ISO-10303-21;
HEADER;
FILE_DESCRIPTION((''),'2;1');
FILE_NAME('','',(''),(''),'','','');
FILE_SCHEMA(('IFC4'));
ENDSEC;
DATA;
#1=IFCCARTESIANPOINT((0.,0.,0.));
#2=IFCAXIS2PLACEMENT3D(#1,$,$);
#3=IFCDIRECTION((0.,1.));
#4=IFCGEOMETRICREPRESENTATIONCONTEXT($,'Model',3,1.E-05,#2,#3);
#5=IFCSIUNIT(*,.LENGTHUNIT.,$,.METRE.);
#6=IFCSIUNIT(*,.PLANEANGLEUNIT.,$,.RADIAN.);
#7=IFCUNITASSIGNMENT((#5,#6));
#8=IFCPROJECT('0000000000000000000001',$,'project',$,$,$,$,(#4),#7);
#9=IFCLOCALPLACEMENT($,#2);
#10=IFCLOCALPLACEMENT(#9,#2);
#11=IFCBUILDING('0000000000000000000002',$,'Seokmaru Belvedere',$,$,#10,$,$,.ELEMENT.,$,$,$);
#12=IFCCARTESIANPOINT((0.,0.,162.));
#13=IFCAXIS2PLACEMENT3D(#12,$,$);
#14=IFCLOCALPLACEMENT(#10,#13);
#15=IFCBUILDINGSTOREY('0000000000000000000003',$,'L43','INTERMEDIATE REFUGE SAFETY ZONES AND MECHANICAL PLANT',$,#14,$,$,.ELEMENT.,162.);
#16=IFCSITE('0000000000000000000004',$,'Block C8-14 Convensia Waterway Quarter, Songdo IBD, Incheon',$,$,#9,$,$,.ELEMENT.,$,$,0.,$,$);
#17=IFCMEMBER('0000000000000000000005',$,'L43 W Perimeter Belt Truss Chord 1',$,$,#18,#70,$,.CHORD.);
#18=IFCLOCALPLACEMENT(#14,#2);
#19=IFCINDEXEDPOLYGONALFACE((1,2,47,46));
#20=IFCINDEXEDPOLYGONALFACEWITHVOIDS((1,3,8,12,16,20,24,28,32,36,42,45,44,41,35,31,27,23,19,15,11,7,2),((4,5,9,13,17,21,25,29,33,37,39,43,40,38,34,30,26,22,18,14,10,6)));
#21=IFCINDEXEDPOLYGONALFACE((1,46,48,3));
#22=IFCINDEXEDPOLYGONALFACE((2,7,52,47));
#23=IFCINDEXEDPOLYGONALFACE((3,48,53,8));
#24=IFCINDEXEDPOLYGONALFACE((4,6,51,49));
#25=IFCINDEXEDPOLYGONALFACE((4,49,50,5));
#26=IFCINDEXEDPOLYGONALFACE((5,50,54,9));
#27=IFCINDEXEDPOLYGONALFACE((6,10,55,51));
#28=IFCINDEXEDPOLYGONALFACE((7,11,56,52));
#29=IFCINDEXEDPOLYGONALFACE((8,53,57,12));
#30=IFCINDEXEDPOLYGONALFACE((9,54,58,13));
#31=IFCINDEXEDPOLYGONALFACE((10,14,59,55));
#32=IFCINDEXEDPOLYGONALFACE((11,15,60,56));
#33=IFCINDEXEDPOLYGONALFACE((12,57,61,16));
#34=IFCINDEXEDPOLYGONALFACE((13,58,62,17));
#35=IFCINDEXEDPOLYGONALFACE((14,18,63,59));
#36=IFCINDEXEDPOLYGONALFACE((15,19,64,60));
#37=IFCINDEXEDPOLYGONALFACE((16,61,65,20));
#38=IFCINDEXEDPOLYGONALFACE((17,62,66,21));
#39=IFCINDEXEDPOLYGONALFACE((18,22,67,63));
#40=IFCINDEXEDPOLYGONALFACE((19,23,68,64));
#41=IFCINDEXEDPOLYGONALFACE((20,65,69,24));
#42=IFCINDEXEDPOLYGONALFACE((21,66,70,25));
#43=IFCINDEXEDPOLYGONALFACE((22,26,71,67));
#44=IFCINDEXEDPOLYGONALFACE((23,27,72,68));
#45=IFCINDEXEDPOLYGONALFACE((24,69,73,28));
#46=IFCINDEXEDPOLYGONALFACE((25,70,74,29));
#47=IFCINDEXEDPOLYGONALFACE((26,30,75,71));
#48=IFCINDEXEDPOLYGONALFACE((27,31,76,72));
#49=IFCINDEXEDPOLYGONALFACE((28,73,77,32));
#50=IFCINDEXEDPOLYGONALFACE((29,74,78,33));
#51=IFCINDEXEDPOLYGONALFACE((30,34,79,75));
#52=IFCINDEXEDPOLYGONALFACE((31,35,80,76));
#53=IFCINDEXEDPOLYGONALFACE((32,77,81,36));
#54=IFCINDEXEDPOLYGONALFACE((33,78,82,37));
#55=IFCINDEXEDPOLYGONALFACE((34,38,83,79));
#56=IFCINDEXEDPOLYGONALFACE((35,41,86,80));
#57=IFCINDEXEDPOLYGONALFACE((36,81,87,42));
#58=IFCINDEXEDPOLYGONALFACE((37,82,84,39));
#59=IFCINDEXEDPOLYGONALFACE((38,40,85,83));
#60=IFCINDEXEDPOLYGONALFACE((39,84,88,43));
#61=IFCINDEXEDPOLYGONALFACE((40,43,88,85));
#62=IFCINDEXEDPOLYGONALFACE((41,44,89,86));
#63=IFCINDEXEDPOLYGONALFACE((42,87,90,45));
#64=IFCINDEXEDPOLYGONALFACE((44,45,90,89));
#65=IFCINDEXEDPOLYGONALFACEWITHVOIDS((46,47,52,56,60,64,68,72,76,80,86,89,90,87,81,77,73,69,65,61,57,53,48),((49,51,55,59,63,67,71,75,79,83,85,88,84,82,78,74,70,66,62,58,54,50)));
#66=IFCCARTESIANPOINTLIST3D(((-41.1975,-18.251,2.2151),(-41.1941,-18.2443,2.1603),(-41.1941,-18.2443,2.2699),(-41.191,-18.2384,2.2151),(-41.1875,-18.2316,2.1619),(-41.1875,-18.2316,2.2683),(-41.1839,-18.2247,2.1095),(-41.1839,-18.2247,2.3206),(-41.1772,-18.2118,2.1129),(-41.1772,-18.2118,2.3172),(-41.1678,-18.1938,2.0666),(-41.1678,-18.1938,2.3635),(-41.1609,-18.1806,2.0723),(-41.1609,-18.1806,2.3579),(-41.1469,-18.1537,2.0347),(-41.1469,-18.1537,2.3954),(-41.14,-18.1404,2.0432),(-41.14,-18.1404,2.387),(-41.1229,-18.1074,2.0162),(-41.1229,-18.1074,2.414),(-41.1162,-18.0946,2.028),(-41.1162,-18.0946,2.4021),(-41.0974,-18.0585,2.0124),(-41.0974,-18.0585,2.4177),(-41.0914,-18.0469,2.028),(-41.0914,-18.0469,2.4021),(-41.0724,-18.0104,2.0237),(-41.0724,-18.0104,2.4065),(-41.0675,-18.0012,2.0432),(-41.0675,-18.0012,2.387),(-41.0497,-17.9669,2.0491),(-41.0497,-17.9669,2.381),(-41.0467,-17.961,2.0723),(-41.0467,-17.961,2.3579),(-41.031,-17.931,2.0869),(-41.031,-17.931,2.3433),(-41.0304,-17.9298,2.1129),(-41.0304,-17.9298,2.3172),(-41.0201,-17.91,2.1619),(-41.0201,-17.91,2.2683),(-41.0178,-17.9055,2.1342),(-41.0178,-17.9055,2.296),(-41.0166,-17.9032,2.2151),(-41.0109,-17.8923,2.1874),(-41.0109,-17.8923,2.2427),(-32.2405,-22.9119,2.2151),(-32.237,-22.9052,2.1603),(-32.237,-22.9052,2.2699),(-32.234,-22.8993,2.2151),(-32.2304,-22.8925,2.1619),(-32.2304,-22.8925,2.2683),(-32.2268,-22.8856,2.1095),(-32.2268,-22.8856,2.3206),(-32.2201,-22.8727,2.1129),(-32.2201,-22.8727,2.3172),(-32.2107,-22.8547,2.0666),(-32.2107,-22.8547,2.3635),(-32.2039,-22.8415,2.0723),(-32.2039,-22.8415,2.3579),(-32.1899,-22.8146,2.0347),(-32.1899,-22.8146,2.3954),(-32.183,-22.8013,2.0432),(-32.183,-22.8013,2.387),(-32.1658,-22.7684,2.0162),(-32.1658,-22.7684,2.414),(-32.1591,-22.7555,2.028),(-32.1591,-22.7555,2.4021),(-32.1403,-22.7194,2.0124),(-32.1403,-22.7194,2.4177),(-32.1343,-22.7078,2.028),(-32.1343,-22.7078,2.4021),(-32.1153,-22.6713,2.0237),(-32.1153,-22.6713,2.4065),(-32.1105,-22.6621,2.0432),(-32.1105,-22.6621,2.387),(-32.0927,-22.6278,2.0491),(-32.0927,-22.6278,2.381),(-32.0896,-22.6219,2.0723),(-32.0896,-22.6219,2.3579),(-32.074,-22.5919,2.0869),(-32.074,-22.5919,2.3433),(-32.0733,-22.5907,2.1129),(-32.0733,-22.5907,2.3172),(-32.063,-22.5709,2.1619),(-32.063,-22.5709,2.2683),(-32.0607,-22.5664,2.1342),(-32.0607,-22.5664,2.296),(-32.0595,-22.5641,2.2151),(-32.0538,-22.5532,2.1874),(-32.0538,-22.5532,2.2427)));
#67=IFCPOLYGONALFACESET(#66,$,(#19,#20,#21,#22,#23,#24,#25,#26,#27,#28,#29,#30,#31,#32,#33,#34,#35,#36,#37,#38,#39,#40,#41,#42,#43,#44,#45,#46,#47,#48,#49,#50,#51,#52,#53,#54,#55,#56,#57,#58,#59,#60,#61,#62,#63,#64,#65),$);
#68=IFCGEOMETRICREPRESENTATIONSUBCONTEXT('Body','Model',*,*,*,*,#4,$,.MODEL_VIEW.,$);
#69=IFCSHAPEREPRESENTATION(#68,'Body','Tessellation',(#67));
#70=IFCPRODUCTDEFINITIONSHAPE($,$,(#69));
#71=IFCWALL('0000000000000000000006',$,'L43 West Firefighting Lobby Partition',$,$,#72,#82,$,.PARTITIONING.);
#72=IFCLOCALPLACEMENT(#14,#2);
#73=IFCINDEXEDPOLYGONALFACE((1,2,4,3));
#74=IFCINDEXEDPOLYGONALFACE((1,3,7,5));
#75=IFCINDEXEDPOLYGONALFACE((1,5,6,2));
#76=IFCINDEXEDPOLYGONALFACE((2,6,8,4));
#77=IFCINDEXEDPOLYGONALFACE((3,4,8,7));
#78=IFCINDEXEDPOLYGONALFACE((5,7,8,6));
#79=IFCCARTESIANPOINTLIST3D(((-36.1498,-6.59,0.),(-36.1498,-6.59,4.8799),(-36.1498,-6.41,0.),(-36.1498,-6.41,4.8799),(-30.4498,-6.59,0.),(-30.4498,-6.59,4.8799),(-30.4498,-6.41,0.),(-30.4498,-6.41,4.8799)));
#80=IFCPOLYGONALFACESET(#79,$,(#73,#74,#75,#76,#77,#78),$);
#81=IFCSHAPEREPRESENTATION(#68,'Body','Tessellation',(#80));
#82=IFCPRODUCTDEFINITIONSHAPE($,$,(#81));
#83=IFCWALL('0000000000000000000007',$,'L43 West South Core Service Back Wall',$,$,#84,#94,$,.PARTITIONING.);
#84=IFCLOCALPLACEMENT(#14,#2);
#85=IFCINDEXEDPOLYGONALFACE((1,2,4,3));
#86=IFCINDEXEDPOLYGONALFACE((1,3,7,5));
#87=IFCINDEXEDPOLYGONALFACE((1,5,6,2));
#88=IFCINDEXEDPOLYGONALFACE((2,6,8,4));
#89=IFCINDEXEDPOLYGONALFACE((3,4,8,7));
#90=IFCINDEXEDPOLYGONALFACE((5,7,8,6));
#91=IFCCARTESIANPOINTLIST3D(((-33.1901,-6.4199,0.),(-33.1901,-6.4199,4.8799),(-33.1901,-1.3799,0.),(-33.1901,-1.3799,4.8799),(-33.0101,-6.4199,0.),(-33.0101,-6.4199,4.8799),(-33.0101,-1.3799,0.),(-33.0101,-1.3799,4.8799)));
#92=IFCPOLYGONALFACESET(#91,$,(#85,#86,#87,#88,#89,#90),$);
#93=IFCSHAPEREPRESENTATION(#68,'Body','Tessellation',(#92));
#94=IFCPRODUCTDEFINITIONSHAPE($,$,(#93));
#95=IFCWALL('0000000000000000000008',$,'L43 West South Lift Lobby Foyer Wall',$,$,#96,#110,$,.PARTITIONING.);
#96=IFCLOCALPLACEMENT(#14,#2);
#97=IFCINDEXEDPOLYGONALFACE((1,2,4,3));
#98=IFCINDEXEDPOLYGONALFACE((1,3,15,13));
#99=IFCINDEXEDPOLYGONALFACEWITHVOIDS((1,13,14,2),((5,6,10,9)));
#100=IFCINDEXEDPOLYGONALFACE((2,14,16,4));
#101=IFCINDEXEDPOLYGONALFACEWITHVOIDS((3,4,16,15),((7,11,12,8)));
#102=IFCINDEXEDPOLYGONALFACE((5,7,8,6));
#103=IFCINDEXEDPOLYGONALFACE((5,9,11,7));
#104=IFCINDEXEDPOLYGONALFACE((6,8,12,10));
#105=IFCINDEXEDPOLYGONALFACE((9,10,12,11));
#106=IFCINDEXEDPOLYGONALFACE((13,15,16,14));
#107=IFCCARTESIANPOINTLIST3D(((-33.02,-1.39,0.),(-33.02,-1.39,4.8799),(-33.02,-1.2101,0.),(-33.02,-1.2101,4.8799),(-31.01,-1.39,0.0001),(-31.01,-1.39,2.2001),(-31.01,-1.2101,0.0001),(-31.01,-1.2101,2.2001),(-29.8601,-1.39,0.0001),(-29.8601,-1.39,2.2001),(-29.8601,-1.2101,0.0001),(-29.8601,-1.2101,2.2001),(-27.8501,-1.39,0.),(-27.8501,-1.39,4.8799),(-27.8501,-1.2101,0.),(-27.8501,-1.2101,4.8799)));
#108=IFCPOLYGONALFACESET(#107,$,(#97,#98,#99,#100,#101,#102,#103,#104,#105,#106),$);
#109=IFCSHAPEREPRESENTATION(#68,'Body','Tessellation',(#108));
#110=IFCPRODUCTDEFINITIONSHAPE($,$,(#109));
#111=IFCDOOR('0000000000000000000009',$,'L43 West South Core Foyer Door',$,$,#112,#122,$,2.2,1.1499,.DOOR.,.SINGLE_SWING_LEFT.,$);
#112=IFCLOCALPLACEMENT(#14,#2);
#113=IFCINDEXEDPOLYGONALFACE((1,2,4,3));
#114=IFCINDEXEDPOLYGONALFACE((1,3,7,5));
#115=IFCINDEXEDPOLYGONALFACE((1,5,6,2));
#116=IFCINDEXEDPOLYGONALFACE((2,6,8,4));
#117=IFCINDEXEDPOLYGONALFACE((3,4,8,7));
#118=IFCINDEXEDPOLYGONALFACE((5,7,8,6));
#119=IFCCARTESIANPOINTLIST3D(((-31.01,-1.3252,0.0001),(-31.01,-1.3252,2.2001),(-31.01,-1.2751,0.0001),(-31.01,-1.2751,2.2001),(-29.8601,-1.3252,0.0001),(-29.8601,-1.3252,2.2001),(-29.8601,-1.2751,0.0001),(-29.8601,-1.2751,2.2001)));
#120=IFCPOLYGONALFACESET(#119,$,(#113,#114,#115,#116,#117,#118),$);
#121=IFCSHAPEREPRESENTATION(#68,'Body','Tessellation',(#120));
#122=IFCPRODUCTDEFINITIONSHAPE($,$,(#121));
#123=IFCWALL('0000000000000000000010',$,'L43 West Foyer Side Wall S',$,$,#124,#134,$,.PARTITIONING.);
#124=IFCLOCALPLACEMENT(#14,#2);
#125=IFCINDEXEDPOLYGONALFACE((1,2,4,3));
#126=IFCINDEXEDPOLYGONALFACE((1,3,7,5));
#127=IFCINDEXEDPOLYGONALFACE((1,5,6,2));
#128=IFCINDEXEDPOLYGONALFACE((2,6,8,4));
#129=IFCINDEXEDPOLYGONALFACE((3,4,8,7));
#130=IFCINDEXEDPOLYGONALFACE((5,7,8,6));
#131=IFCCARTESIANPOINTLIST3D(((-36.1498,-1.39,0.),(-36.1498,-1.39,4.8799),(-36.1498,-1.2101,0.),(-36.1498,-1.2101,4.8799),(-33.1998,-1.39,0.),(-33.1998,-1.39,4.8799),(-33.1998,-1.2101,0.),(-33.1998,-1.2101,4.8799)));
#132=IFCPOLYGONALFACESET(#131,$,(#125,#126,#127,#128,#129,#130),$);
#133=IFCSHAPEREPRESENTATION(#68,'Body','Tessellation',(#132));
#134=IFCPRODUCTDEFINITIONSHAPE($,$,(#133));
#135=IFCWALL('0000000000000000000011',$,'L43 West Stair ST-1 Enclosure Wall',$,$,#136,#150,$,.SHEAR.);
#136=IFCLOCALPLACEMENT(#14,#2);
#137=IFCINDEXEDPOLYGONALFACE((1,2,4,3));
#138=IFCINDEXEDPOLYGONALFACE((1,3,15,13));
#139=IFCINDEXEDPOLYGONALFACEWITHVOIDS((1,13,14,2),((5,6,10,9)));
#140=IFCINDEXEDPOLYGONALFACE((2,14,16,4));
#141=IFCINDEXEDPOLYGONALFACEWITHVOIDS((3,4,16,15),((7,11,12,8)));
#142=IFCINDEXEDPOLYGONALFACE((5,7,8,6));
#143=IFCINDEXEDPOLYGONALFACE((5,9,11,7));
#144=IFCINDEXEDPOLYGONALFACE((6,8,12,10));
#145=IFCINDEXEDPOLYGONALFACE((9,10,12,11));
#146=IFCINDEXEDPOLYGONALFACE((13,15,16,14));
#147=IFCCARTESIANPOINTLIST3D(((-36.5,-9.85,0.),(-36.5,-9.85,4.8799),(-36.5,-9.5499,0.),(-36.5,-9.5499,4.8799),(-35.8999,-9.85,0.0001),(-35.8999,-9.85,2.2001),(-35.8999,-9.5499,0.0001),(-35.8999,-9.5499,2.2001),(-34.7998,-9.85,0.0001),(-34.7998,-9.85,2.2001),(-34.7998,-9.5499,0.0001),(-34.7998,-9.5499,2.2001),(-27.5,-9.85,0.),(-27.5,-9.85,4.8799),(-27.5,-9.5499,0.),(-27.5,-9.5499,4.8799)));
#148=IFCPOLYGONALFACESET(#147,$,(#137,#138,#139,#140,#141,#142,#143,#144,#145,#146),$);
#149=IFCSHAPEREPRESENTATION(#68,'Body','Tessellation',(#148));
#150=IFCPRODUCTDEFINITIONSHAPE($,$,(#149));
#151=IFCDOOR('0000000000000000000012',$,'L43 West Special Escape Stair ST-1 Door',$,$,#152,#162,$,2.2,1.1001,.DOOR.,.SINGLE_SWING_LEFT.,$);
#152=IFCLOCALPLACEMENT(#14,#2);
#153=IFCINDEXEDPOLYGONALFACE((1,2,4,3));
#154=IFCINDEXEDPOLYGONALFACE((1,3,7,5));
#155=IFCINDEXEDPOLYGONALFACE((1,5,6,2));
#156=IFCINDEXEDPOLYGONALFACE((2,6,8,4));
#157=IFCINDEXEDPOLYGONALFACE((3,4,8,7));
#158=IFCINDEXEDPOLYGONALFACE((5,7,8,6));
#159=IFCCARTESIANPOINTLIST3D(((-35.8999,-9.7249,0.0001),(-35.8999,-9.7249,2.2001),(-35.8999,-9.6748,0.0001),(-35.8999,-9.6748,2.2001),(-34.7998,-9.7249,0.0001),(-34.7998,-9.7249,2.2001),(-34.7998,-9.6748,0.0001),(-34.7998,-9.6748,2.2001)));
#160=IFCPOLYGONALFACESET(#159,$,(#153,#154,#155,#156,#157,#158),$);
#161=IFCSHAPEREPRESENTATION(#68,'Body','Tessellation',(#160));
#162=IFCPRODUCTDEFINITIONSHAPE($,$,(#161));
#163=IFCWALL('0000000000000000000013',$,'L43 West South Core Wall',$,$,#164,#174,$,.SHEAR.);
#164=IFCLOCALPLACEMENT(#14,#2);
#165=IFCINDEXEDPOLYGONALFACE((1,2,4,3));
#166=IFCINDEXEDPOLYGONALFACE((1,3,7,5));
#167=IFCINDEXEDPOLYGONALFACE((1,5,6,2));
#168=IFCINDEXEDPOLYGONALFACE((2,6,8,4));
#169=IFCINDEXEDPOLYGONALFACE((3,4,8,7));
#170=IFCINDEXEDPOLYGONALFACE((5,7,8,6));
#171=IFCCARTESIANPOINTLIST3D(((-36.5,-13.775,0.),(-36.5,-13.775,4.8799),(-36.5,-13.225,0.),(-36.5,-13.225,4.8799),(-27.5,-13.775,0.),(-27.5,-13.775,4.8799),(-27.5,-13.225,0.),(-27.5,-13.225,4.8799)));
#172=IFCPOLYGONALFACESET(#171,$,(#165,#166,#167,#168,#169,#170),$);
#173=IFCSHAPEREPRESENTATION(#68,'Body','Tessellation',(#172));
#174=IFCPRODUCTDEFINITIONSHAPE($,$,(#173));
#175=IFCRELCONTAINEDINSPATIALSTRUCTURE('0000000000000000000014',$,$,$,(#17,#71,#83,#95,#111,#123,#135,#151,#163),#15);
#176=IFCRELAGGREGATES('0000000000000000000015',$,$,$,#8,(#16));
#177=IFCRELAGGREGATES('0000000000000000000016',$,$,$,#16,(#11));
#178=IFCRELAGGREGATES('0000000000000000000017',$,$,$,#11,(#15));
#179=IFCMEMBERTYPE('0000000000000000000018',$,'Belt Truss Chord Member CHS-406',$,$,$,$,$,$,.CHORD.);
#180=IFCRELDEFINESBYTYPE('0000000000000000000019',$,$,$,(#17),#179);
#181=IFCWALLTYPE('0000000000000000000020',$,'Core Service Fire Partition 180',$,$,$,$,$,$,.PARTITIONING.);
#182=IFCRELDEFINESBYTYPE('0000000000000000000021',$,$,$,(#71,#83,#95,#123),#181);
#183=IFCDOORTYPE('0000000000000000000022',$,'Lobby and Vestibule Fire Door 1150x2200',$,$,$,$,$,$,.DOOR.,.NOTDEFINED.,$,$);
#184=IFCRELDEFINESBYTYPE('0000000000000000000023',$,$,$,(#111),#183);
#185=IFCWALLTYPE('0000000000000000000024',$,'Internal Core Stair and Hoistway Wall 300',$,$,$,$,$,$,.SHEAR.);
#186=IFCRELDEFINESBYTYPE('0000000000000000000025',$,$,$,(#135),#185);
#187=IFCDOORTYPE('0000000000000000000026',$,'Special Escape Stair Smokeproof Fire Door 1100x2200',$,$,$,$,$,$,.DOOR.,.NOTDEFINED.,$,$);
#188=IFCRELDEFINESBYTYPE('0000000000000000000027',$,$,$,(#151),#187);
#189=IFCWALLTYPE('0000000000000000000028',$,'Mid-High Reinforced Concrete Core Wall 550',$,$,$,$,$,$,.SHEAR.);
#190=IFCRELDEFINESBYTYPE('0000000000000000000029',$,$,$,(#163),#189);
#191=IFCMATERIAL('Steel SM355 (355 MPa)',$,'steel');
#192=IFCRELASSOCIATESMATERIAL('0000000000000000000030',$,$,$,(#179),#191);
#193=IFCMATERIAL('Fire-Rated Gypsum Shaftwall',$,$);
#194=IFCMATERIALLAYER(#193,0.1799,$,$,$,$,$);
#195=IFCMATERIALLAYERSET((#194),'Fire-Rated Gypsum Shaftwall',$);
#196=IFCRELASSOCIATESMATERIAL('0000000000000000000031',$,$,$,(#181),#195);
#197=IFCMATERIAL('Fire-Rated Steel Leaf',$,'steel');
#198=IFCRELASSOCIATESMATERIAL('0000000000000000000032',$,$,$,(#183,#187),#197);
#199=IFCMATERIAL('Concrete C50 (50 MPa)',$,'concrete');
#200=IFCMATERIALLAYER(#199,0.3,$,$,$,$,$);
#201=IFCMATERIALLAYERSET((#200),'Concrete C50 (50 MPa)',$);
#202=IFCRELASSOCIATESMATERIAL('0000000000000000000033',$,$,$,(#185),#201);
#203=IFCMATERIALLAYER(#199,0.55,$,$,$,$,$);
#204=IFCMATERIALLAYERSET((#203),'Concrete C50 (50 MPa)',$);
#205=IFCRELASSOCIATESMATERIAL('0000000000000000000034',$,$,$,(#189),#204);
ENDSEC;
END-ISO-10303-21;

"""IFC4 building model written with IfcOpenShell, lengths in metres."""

from ifc_helpers import new_model, si_unit, direction, frame, frame_2d, origin, origin_2d, place, context, subcontext, project, spatial, rectangle, hollow_circle, extrude, source, transform, mapped, material, layer, layer_set, material_profile, profile_set, type_object, type_shapes, element, fill, save


model = new_model("IFC4")

# Units and contexts
model_context = context("Model", 3, precision=1e-05, world=origin(), true_north=direction((0.0, 1.0)))
body_context = subcontext(model_context, "Body", "Model", "MODEL_VIEW")
ifc_project = project(units=[si_unit("LENGTHUNIT", "METRE"), si_unit("PLANEANGLEUNIT", "RADIAN")], contexts=[model_context])

# Site, building, storey
site_placement = place(None, origin())
site = spatial("IfcSite", under=ifc_project, at=site_placement, Name="Block C8-14 Convensia Waterway Quarter, Songdo IBD, Incheon", CompositionType="ELEMENT", RefElevation=0.0)
building_placement = place(site_placement, origin())
building = spatial("IfcBuilding", under=site, at=building_placement, Name="Seokmaru Belvedere", CompositionType="ELEMENT")
storey_placement = place(building_placement, frame((0.0, 0.0, 162.0)))
storey = spatial("IfcBuildingStorey", under=building, at=storey_placement, Name="L43", Description="INTERMEDIATE REFUGE SAFETY ZONES AND MECHANICAL PLANT", CompositionType="ELEMENT", Elevation=162.0)

# Shared definitions
ifc_material_1 = material(Name="Steel SM355 (355 MPa)", Category="steel")

# Member
ifc_material_profile_1 = material_profile(ifc_material_1, hollow_circle(Radius=0.2031, WallThickness=0.0142, at=origin_2d()), Name="CHS-406.4x14.2")
ifc_profile_set_1 = profile_set([ifc_material_profile_1], Name="Steel SM355 (355 MPa)")
member_type_1 = type_object("IfcMemberType", Name="Belt Truss Chord Member CHS-406", PredefinedType="CHORD", material=ifc_profile_set_1)
shared_shape_1 = source(origin(), body_context, "Body", "SweptSolid", [
    extrude(hollow_circle(Radius=0.2031, WallThickness=0.0142, at=origin_2d()), origin(), (0.0, 0.0, 1.0), 10.0972),
])
type_shapes(member_type_1, [shared_shape_1])
member_1_placement = place(storey_placement, frame((-32.1467, -22.7317, 2.2151), z_axis=(-0.887086, 0.461605, 0.0), x_axis=(-0.461605, -0.887086, 0.0)))
element("IfcMember", 1, at=member_1_placement, inside=storey, type_object=member_type_1, Name="L43 W Perimeter Belt Truss Chord 1", PredefinedType="CHORD", context=body_context, shape_type="MappedRepresentation", body=[
    mapped(shared_shape_1, transform((0.0, 0.0, 0.0), scale=1.0)),
])

# Walls
ifc_material_2 = material(Name="Fire-Rated Gypsum Shaftwall")
ifc_layer_1 = layer(ifc_material_2, 0.1799)
ifc_layer_set_1 = layer_set([ifc_layer_1], Name="Fire-Rated Gypsum Shaftwall")
wall_type_1 = type_object("IfcWallType", Name="Core Service Fire Partition 180", PredefinedType="PARTITIONING", material=ifc_layer_set_1)
wall_1_placement = place(storey_placement, frame((-36.1499, -6.5, 0.0), z_axis=(0.0, 0.0, 1.0), x_axis=(1.0, 0.0, 0.0)))
element("IfcWall", 2, at=wall_1_placement, inside=storey, type_object=wall_type_1, Name="L43 West Firefighting Lobby Partition", PredefinedType="PARTITIONING", context=body_context, shape_type="SweptSolid", body=[
    extrude(rectangle(XDim=5.7, YDim=0.1799, at=frame_2d((2.8501, 0.0))), origin(), (0.0, 0.0, 1.0), 4.8799),
])
wall_2_placement = place(storey_placement, frame((-33.1001, -6.4199, 0.0), z_axis=(0.0, 0.0, 1.0), x_axis=(0.0, 1.0, 0.0)))
element("IfcWall", 3, at=wall_2_placement, inside=storey, type_object=wall_type_1, Name="L43 West South Core Service Back Wall", PredefinedType="PARTITIONING", context=body_context, shape_type="SweptSolid", body=[
    extrude(rectangle(XDim=5.04, YDim=0.1799, at=frame_2d((2.52, 0.0))), origin(), (0.0, 0.0, 1.0), 4.8799),
])

# Wall, opening, door
wall_3_placement = place(storey_placement, frame((-33.02, -1.3, 0.0), z_axis=(0.0, 0.0, 1.0), x_axis=(1.0, 0.0, 0.0)))
wall_3 = element("IfcWall", 4, at=wall_3_placement, inside=storey, type_object=wall_type_1, Name="L43 West South Lift Lobby Foyer Wall", PredefinedType="PARTITIONING", context=body_context, shape_type="SweptSolid", body=[
    extrude(rectangle(XDim=5.1699, YDim=0.1799, at=frame_2d((2.585, 0.0))), origin(), (0.0, 0.0, 1.0), 4.8799),
])
opening_1_placement = place(wall_3_placement, frame((2.01, 0.0, 0.0)))
opening_1 = element("IfcOpeningElement", 5, at=opening_1_placement, cuts=wall_3, PredefinedType="OPENING", context=body_context, shape_type="SweptSolid", body=[
    extrude(rectangle(XDim=1.1499, YDim=2.2, at=frame_2d((0.575, 1.1001))), frame((0.0, 0.1001, 0.0), z_axis=(0.0, -1.0, 0.0), x_axis=(1.0, 0.0, 0.0)), (0.0, 0.0, 1.0), 0.2),
])
ifc_material_3 = material(Name="Fire-Rated Steel Leaf", Category="steel")
door_type_1 = type_object("IfcDoorType", Name="Lobby and Vestibule Fire Door 1150x2200", OperationType="NOTDEFINED", PredefinedType="DOOR", material=ifc_material_3)
shared_shape_2 = source(origin(), body_context, "Body", "SweptSolid", [
    extrude(rectangle(XDim=1.1499, YDim=2.2, at=frame_2d((0.575, 1.1001))), frame((0.0, 0.0249, 0.0), z_axis=(0.0, -1.0, 0.0), x_axis=(1.0, 0.0, 0.0)), (0.0, 0.0, 1.0), 0.05),
])
type_shapes(door_type_1, [shared_shape_2])
door_1_placement = place(opening_1_placement, origin())
door_1 = element("IfcDoor", 6, at=door_1_placement, inside=storey, type_object=door_type_1, Name="L43 West South Core Foyer Door", OperationType="SINGLE_SWING_LEFT", OverallHeight=2.2, OverallWidth=1.1499, PredefinedType="DOOR", context=body_context, shape_type="MappedRepresentation", body=[
    mapped(shared_shape_2, transform((0.0, 0.0, 0.0), scale=1.0)),
])
fill(opening_1, door_1)

# Wall
wall_4_placement = place(storey_placement, frame((-36.1499, -1.3, 0.0), z_axis=(0.0, 0.0, 1.0), x_axis=(1.0, 0.0, 0.0)))
element("IfcWall", 7, at=wall_4_placement, inside=storey, type_object=wall_type_1, Name="L43 West Foyer Side Wall S", PredefinedType="PARTITIONING", context=body_context, shape_type="SweptSolid", body=[
    extrude(rectangle(XDim=2.95, YDim=0.1799, at=frame_2d((1.4751, 0.0))), origin(), (0.0, 0.0, 1.0), 4.8799),
])

# Wall, opening, door
ifc_material_4 = material(Name="Concrete C50 (50 MPa)", Category="concrete")
ifc_layer_2 = layer(ifc_material_4, 0.3)
ifc_layer_set_2 = layer_set([ifc_layer_2], Name="Concrete C50 (50 MPa)")
wall_type_2 = type_object("IfcWallType", Name="Internal Core Stair and Hoistway Wall 300", PredefinedType="SHEAR", material=ifc_layer_set_2)
wall_5_placement = place(storey_placement, frame((-36.5, -9.7, 0.0), z_axis=(0.0, 0.0, 1.0), x_axis=(1.0, 0.0, 0.0)))
wall_5 = element("IfcWall", 8, at=wall_5_placement, inside=storey, type_object=wall_type_2, Name="L43 West Stair ST-1 Enclosure Wall", PredefinedType="SHEAR", context=body_context, shape_type="SweptSolid", body=[
    extrude(rectangle(XDim=9.0, YDim=0.3, at=frame_2d((4.5, 0.0))), origin(), (0.0, 0.0, 1.0), 4.8799),
])
opening_2_placement = place(wall_5_placement, frame((0.6001, 0.0, 0.0)))
opening_2 = element("IfcOpeningElement", 9, at=opening_2_placement, cuts=wall_5, PredefinedType="OPENING", context=body_context, shape_type="SweptSolid", body=[
    extrude(rectangle(XDim=1.1001, YDim=2.2, at=frame_2d((0.55, 1.1001))), frame((0.0, 0.1602, 0.0), z_axis=(0.0, -1.0, 0.0), x_axis=(1.0, 0.0, 0.0)), (0.0, 0.0, 1.0), 0.3201),
])
door_type_2 = type_object("IfcDoorType", Name="Special Escape Stair Smokeproof Fire Door 1100x2200", OperationType="NOTDEFINED", PredefinedType="DOOR", material=ifc_material_3)
shared_shape_3 = source(origin(), body_context, "Body", "SweptSolid", [
    extrude(rectangle(XDim=1.1001, YDim=2.2, at=frame_2d((0.55, 1.1001))), frame((0.0, 0.0249, 0.0), z_axis=(0.0, -1.0, 0.0), x_axis=(1.0, 0.0, 0.0)), (0.0, 0.0, 1.0), 0.05),
])
type_shapes(door_type_2, [shared_shape_3])
door_2_placement = place(opening_2_placement, frame((1.1001, 0.0, 0.0), z_axis=(0.0, 0.0, 1.0), x_axis=(-1.0, 0.0, 0.0)))
door_2 = element("IfcDoor", 10, at=door_2_placement, inside=storey, type_object=door_type_2, Name="L43 West Special Escape Stair ST-1 Door", OperationType="SINGLE_SWING_LEFT", OverallHeight=2.2, OverallWidth=1.1001, PredefinedType="DOOR", context=body_context, shape_type="MappedRepresentation", body=[
    mapped(shared_shape_3, transform((0.0, 0.0, 0.0), scale=1.0)),
])
fill(opening_2, door_2)

# Wall
ifc_layer_3 = layer(ifc_material_4, 0.55)
ifc_layer_set_3 = layer_set([ifc_layer_3], Name="Concrete C50 (50 MPa)")
wall_type_3 = type_object("IfcWallType", Name="Mid-High Reinforced Concrete Core Wall 550", PredefinedType="SHEAR", material=ifc_layer_set_3)
wall_6_placement = place(storey_placement, frame((-36.5, -13.5, 0.0), z_axis=(0.0, 0.0, 1.0), x_axis=(1.0, 0.0, 0.0)))
element("IfcWall", 11, at=wall_6_placement, inside=storey, type_object=wall_type_3, Name="L43 West South Core Wall", PredefinedType="SHEAR", context=body_context, shape_type="SweptSolid", body=[
    extrude(rectangle(XDim=9.0, YDim=0.55, at=frame_2d((4.5, 0.0))), origin(), (0.0, 0.0, 1.0), 4.8799),
])

save(model, "model.ifc")
